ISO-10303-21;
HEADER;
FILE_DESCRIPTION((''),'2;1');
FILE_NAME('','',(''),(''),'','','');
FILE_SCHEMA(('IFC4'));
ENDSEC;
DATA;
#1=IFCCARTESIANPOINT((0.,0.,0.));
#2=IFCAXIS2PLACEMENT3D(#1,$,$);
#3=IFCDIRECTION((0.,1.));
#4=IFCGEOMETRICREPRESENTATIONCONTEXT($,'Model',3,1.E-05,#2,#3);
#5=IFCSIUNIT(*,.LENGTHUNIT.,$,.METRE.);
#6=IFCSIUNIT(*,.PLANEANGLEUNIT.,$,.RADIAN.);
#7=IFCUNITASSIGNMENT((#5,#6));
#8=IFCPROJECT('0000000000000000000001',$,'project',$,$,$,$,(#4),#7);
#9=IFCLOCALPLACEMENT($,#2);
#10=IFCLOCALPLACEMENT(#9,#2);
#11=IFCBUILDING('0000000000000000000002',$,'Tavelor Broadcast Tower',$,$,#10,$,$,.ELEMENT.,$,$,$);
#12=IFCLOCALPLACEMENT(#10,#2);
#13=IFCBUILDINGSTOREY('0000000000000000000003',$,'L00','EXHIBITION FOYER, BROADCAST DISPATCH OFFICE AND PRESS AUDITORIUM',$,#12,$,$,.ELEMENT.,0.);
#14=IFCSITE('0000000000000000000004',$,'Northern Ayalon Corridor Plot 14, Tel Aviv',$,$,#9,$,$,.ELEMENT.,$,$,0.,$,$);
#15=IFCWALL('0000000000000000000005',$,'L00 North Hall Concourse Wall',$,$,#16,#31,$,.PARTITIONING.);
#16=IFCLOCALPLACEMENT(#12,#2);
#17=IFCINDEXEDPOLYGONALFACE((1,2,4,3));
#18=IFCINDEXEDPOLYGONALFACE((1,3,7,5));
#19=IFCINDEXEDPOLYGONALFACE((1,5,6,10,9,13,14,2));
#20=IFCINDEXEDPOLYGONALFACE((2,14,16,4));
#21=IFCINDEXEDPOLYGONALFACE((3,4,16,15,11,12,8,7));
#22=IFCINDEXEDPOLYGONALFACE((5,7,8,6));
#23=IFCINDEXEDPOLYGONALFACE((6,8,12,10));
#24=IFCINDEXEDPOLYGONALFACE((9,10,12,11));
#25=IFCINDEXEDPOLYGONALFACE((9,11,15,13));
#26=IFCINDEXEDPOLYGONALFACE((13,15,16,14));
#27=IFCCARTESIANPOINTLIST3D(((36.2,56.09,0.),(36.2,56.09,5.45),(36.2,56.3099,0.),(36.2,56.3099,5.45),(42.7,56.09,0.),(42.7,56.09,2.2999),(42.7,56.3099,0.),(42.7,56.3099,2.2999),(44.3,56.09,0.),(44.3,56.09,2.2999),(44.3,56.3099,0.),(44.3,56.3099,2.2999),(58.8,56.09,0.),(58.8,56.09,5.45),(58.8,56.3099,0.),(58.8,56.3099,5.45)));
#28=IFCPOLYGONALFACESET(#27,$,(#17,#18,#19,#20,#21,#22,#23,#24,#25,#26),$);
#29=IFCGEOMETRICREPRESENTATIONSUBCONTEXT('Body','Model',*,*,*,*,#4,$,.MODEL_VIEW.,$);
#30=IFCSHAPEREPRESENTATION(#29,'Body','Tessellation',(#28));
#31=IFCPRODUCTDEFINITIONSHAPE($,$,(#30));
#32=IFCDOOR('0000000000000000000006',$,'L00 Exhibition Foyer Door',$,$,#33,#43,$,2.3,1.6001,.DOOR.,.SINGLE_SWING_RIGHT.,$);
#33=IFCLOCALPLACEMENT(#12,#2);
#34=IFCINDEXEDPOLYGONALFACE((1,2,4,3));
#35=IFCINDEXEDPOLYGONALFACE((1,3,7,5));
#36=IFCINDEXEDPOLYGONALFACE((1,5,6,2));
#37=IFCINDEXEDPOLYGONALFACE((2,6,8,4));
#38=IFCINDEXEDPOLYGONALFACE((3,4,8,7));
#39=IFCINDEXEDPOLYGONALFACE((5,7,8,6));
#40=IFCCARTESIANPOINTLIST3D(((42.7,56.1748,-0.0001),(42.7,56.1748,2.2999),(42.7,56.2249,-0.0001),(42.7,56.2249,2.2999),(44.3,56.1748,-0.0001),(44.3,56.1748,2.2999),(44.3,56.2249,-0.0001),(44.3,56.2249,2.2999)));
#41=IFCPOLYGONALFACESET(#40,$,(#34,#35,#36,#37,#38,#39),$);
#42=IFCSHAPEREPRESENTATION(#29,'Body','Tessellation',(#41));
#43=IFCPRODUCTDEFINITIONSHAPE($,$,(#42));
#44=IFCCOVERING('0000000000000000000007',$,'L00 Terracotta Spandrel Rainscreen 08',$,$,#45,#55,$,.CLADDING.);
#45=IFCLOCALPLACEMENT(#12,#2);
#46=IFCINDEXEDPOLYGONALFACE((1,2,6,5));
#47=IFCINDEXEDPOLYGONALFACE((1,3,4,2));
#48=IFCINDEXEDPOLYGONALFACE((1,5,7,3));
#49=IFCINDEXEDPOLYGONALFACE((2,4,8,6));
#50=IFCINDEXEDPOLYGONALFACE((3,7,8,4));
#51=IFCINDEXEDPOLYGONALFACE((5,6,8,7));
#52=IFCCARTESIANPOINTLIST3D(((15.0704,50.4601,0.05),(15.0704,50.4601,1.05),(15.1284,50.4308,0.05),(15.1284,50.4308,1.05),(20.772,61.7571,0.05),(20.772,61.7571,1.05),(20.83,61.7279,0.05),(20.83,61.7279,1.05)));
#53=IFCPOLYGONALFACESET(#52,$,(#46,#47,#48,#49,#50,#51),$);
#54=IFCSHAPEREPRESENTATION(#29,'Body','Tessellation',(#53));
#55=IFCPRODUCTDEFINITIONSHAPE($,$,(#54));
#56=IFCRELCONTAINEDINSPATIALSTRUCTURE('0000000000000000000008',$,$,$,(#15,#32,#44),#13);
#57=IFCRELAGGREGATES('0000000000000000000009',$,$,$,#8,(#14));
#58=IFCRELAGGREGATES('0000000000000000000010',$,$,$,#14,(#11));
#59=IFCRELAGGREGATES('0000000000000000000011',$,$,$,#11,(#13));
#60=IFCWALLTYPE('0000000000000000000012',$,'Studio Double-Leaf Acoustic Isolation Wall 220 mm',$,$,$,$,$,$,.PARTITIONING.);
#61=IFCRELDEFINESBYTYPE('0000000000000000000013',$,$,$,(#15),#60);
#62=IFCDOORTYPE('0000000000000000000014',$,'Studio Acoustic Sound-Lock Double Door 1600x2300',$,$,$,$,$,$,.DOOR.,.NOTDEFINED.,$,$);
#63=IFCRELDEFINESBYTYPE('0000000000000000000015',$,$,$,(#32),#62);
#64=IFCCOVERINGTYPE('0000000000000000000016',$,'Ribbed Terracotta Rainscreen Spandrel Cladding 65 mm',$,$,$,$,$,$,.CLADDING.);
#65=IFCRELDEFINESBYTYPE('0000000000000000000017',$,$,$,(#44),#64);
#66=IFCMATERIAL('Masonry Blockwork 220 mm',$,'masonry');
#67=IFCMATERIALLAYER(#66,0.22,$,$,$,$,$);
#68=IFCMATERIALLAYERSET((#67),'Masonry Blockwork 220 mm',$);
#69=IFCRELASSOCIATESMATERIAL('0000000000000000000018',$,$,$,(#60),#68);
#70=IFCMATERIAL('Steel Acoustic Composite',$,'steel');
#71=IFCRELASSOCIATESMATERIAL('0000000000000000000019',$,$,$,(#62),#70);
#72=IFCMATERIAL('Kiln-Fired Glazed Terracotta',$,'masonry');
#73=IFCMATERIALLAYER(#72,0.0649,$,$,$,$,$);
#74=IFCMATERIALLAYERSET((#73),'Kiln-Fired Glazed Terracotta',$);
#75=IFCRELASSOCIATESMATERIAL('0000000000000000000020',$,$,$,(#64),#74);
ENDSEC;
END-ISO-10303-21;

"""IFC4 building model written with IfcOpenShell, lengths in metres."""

from ifc_helpers import new_model, si_unit, direction, frame, frame_2d, origin, origin_2d, place, context, subcontext, project, spatial, rectangle, extrude, material, layer, layer_set, type_object, element, fill, save


model = new_model("IFC4")

# Units and contexts
model_context = context("Model", 3, precision=1e-05, world=origin(), true_north=direction((0.0, 1.0)))
body_context = subcontext(model_context, "Body", "Model", "MODEL_VIEW")
ifc_project = project(units=[si_unit("LENGTHUNIT", "METRE"), si_unit("PLANEANGLEUNIT", "RADIAN")], contexts=[model_context])

# Site, building, storey
site_placement = place(None, origin())
site = spatial("IfcSite", under=ifc_project, at=site_placement, Name="Northern Ayalon Corridor Plot 14, Tel Aviv", CompositionType="ELEMENT", RefElevation=0.0)
building_placement = place(site_placement, origin())
building = spatial("IfcBuilding", under=site, at=building_placement, Name="Tavelor Broadcast Tower", CompositionType="ELEMENT")
storey_placement = place(building_placement, origin())
storey = spatial("IfcBuildingStorey", under=building, at=storey_placement, Name="L00", Description="EXHIBITION FOYER, BROADCAST DISPATCH OFFICE AND PRESS AUDITORIUM", CompositionType="ELEMENT", Elevation=0.0)

# Wall, opening, door
ifc_material_1 = material(Name="Masonry Blockwork 220 mm", Category="masonry")
ifc_layer_1 = layer(ifc_material_1, 0.22)
ifc_layer_set_1 = layer_set([ifc_layer_1], Name="Masonry Blockwork 220 mm")
wall_type_1 = type_object("IfcWallType", Name="Studio Double-Leaf Acoustic Isolation Wall 220 mm", PredefinedType="PARTITIONING", material=ifc_layer_set_1)
wall_1_placement = place(storey_placement, frame((36.2, 56.2, 0.0), z_axis=(0.0, 0.0, 1.0), x_axis=(1.0, 0.0, 0.0)))
wall_1 = element("IfcWall", 1, at=wall_1_placement, inside=storey, type_object=wall_type_1, Name="L00 North Hall Concourse Wall", PredefinedType="PARTITIONING", context=body_context, shape_type="SweptSolid", body=[
    extrude(rectangle(XDim=22.6001, YDim=0.22, at=frame_2d((11.3, 0.0))), origin(), (0.0, 0.0, 1.0), 5.45),
])
opening_1_placement = place(wall_1_placement, frame((6.5, 0.0, 0.0)))
opening_1 = element("IfcOpeningElement", 2, at=opening_1_placement, cuts=wall_1, PredefinedType="OPENING", context=body_context, shape_type="SweptSolid", body=[
    extrude(rectangle(XDim=1.6001, YDim=2.3, at=frame_2d((0.8, 1.1499))), frame((0.0, 0.1201, 0.0), z_axis=(0.0, -1.0, 0.0), x_axis=(1.0, 0.0, 0.0)), (0.0, 0.0, 1.0), 0.24),
])
ifc_material_2 = material(Name="Steel Acoustic Composite", Category="steel")
door_type_1 = type_object("IfcDoorType", Name="Studio Acoustic Sound-Lock Double Door 1600x2300", OperationType="NOTDEFINED", PredefinedType="DOOR", material=ifc_material_2)
door_1_placement = place(opening_1_placement, origin())
door_1 = element("IfcDoor", 3, at=door_1_placement, inside=storey, type_object=door_type_1, Name="L00 Exhibition Foyer Door", OperationType="SINGLE_SWING_RIGHT", OverallHeight=2.3, OverallWidth=1.6001, PredefinedType="DOOR", context=body_context, shape_type="SweptSolid", body=[
    extrude(rectangle(XDim=1.6001, YDim=2.3, at=frame_2d((0.8, 1.1499))), frame((0.0, 0.0249, 0.0), z_axis=(0.0, -1.0, 0.0), x_axis=(1.0, 0.0, 0.0)), (0.0, 0.0, 1.0), 0.05),
])
fill(opening_1, door_1)

# Covering
ifc_material_3 = material(Name="Kiln-Fired Glazed Terracotta", Category="masonry")
ifc_layer_2 = layer(ifc_material_3, 0.0649)
ifc_layer_set_2 = layer_set([ifc_layer_2], Name="Kiln-Fired Glazed Terracotta")
covering_type = type_object("IfcCoveringType", Name="Ribbed Terracotta Rainscreen Spandrel Cladding 65 mm", PredefinedType="CLADDING", material=ifc_layer_set_2)
covering_placement = place(storey_placement, frame((17.9502, 56.094, 0.05), z_axis=(0.0, 0.0, 1.0), x_axis=(-0.450566, -0.892743, 0.0)))
element("IfcCovering", 4, at=covering_placement, inside=storey, type_object=covering_type, Name="L00 Terracotta Spandrel Rainscreen 08", PredefinedType="CLADDING", context=body_context, shape_type="SweptSolid", body=[
    extrude(rectangle(XDim=12.6543, YDim=0.0649, at=origin_2d()), origin(), (0.0, 0.0, 1.0), 1.0),
])

save(model, "model.ifc")
